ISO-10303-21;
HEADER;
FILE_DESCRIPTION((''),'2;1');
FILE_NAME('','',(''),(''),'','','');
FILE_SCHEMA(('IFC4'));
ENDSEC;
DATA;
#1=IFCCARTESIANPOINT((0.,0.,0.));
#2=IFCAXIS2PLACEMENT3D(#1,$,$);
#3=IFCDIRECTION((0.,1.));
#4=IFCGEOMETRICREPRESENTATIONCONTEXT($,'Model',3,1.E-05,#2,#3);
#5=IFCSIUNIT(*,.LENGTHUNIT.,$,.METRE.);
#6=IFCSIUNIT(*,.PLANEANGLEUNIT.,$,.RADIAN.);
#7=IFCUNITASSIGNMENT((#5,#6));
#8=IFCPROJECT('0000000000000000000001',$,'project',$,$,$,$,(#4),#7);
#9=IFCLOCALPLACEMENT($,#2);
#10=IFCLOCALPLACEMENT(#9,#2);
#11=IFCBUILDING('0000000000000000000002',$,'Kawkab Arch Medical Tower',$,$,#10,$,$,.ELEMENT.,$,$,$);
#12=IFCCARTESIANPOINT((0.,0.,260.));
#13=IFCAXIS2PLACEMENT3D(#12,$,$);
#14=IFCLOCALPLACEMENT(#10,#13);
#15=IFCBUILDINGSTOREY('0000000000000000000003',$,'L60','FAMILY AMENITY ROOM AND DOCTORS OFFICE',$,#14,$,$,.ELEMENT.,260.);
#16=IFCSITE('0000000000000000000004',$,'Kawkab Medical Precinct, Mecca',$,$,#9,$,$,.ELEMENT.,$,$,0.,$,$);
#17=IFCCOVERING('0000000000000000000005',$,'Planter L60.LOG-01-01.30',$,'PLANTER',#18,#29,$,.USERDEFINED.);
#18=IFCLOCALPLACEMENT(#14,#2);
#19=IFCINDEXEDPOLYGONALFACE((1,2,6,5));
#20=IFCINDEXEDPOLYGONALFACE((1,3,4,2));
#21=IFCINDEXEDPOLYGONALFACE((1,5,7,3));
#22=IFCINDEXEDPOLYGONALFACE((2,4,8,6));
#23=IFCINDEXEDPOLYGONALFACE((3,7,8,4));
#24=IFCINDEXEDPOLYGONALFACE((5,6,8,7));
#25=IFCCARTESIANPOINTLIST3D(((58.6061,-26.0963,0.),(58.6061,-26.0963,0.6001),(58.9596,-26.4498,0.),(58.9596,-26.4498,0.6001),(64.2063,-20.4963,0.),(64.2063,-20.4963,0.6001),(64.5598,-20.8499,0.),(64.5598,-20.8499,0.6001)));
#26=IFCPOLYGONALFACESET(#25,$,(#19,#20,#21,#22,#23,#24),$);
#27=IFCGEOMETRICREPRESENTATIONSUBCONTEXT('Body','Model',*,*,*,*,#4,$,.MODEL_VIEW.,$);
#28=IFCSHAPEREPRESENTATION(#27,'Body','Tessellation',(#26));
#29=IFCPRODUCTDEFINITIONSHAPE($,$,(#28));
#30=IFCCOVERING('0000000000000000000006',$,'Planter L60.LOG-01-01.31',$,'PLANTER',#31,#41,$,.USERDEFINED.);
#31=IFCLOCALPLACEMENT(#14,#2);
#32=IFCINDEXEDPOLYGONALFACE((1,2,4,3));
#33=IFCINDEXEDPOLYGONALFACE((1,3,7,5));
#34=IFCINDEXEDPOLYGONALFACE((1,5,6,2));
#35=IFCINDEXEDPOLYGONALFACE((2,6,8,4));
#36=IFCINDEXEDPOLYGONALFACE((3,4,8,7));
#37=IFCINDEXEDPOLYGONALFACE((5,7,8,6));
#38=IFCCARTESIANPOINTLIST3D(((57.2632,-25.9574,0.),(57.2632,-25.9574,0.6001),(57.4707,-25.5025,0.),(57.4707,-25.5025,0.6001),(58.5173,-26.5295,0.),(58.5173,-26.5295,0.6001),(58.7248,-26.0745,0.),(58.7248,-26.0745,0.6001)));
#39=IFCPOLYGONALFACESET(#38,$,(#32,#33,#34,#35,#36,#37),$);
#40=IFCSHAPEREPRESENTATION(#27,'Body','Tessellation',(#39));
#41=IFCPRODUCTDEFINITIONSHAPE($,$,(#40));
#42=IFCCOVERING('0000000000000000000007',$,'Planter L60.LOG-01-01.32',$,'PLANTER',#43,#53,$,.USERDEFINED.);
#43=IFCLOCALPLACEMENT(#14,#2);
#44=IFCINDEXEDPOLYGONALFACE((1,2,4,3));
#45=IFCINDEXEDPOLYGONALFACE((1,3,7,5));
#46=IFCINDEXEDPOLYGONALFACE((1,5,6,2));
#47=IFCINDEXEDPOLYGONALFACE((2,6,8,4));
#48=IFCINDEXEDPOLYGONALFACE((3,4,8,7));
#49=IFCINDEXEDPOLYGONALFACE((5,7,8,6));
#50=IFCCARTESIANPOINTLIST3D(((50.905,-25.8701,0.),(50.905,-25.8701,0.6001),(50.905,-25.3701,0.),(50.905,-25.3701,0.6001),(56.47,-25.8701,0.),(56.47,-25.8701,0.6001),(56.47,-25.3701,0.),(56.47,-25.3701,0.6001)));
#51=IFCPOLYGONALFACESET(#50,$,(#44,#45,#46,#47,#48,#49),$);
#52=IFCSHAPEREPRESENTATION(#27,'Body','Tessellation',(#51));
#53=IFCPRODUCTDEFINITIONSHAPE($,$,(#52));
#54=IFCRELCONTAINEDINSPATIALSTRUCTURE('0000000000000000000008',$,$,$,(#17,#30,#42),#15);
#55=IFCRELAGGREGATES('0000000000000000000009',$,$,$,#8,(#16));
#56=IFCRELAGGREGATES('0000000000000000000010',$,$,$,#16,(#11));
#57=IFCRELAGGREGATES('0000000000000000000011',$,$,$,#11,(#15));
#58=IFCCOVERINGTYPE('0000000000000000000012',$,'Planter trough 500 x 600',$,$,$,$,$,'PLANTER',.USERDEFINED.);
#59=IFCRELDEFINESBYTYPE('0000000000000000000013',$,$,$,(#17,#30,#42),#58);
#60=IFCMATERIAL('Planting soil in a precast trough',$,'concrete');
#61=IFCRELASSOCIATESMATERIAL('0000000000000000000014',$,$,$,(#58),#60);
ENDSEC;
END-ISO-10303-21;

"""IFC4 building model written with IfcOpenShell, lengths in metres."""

from ifc_helpers import new_model, si_unit, direction, frame, origin, origin_2d, place, context, subcontext, project, spatial, rectangle, extrude, material, material_profile, profile_set, type_object, element, save


model = new_model("IFC4")

# Units and contexts
model_context = context("Model", 3, precision=1e-05, world=origin(), true_north=direction((0.0, 1.0)))
body_context = subcontext(model_context, "Body", "Model", "MODEL_VIEW")
ifc_project = project(units=[si_unit("LENGTHUNIT", "METRE"), si_unit("PLANEANGLEUNIT", "RADIAN")], contexts=[model_context])

# Site, building, storey
site_placement = place(None, origin())
site = spatial("IfcSite", under=ifc_project, at=site_placement, Name="Kawkab Medical Precinct, Mecca", CompositionType="ELEMENT", RefElevation=0.0)
building_placement = place(site_placement, origin())
building = spatial("IfcBuilding", under=site, at=building_placement, Name="Kawkab Arch Medical Tower", CompositionType="ELEMENT")
storey_placement = place(building_placement, frame((0.0, 0.0, 260.0)))
storey = spatial("IfcBuildingStorey", under=building, at=storey_placement, Name="L60", Description="FAMILY AMENITY ROOM AND DOCTORS OFFICE", CompositionType="ELEMENT", Elevation=260.0)

# Coverings
ifc_material_1 = material(Name="Planting soil in a precast trough", Category="concrete")
ifc_material_profile_1 = material_profile(ifc_material_1, rectangle(XDim=0.5, YDim=0.6001, at=origin_2d()), Name="Trough 500x600")
ifc_profile_set_1 = profile_set([ifc_material_profile_1], Name="Planting soil in a precast trough")
covering_type_1 = type_object("IfcCoveringType", Name="Planter trough 500 x 600", ElementType="PLANTER", PredefinedType="USERDEFINED", material=ifc_profile_set_1)
covering_1_placement = place(storey_placement, frame((64.3831, -20.6731, 0.3), z_axis=(-0.707122, -0.707091, 0.0), x_axis=(0.707091, -0.707122, 0.0)))
element("IfcCovering", 1, at=covering_1_placement, inside=storey, type_object=covering_type_1, Name="Planter L60.LOG-01-01.30", ObjectType="PLANTER", PredefinedType="USERDEFINED", context=body_context, shape_type="SweptSolid", body=[
    extrude(rectangle(XDim=0.5, YDim=0.6001, at=origin_2d()), origin(), (0.0, 0.0, 1.0), 7.9197),
])
covering_2_placement = place(storey_placement, frame((58.6211, -26.302, 0.3), z_axis=(-0.909832, 0.414977, 0.0), x_axis=(-0.414977, -0.909832, 0.0)))
element("IfcCovering", 2, at=covering_2_placement, inside=storey, type_object=covering_type_1, Name="Planter L60.LOG-01-01.31", ObjectType="PLANTER", PredefinedType="USERDEFINED", context=body_context, shape_type="SweptSolid", body=[
    extrude(rectangle(XDim=0.5, YDim=0.6001, at=origin_2d()), origin(), (0.0, 0.0, 1.0), 1.3784),
])
covering_3_placement = place(storey_placement, frame((56.47, -25.6201, 0.3), z_axis=(-1.0, 0.0, 0.0), x_axis=(0.0, -1.0, 0.0)))
element("IfcCovering", 3, at=covering_3_placement, inside=storey, type_object=covering_type_1, Name="Planter L60.LOG-01-01.32", ObjectType="PLANTER", PredefinedType="USERDEFINED", context=body_context, shape_type="SweptSolid", body=[
    extrude(rectangle(XDim=0.5, YDim=0.6001, at=origin_2d()), origin(), (0.0, 0.0, 1.0), 5.5649),
])

save(model, "model.ifc")
